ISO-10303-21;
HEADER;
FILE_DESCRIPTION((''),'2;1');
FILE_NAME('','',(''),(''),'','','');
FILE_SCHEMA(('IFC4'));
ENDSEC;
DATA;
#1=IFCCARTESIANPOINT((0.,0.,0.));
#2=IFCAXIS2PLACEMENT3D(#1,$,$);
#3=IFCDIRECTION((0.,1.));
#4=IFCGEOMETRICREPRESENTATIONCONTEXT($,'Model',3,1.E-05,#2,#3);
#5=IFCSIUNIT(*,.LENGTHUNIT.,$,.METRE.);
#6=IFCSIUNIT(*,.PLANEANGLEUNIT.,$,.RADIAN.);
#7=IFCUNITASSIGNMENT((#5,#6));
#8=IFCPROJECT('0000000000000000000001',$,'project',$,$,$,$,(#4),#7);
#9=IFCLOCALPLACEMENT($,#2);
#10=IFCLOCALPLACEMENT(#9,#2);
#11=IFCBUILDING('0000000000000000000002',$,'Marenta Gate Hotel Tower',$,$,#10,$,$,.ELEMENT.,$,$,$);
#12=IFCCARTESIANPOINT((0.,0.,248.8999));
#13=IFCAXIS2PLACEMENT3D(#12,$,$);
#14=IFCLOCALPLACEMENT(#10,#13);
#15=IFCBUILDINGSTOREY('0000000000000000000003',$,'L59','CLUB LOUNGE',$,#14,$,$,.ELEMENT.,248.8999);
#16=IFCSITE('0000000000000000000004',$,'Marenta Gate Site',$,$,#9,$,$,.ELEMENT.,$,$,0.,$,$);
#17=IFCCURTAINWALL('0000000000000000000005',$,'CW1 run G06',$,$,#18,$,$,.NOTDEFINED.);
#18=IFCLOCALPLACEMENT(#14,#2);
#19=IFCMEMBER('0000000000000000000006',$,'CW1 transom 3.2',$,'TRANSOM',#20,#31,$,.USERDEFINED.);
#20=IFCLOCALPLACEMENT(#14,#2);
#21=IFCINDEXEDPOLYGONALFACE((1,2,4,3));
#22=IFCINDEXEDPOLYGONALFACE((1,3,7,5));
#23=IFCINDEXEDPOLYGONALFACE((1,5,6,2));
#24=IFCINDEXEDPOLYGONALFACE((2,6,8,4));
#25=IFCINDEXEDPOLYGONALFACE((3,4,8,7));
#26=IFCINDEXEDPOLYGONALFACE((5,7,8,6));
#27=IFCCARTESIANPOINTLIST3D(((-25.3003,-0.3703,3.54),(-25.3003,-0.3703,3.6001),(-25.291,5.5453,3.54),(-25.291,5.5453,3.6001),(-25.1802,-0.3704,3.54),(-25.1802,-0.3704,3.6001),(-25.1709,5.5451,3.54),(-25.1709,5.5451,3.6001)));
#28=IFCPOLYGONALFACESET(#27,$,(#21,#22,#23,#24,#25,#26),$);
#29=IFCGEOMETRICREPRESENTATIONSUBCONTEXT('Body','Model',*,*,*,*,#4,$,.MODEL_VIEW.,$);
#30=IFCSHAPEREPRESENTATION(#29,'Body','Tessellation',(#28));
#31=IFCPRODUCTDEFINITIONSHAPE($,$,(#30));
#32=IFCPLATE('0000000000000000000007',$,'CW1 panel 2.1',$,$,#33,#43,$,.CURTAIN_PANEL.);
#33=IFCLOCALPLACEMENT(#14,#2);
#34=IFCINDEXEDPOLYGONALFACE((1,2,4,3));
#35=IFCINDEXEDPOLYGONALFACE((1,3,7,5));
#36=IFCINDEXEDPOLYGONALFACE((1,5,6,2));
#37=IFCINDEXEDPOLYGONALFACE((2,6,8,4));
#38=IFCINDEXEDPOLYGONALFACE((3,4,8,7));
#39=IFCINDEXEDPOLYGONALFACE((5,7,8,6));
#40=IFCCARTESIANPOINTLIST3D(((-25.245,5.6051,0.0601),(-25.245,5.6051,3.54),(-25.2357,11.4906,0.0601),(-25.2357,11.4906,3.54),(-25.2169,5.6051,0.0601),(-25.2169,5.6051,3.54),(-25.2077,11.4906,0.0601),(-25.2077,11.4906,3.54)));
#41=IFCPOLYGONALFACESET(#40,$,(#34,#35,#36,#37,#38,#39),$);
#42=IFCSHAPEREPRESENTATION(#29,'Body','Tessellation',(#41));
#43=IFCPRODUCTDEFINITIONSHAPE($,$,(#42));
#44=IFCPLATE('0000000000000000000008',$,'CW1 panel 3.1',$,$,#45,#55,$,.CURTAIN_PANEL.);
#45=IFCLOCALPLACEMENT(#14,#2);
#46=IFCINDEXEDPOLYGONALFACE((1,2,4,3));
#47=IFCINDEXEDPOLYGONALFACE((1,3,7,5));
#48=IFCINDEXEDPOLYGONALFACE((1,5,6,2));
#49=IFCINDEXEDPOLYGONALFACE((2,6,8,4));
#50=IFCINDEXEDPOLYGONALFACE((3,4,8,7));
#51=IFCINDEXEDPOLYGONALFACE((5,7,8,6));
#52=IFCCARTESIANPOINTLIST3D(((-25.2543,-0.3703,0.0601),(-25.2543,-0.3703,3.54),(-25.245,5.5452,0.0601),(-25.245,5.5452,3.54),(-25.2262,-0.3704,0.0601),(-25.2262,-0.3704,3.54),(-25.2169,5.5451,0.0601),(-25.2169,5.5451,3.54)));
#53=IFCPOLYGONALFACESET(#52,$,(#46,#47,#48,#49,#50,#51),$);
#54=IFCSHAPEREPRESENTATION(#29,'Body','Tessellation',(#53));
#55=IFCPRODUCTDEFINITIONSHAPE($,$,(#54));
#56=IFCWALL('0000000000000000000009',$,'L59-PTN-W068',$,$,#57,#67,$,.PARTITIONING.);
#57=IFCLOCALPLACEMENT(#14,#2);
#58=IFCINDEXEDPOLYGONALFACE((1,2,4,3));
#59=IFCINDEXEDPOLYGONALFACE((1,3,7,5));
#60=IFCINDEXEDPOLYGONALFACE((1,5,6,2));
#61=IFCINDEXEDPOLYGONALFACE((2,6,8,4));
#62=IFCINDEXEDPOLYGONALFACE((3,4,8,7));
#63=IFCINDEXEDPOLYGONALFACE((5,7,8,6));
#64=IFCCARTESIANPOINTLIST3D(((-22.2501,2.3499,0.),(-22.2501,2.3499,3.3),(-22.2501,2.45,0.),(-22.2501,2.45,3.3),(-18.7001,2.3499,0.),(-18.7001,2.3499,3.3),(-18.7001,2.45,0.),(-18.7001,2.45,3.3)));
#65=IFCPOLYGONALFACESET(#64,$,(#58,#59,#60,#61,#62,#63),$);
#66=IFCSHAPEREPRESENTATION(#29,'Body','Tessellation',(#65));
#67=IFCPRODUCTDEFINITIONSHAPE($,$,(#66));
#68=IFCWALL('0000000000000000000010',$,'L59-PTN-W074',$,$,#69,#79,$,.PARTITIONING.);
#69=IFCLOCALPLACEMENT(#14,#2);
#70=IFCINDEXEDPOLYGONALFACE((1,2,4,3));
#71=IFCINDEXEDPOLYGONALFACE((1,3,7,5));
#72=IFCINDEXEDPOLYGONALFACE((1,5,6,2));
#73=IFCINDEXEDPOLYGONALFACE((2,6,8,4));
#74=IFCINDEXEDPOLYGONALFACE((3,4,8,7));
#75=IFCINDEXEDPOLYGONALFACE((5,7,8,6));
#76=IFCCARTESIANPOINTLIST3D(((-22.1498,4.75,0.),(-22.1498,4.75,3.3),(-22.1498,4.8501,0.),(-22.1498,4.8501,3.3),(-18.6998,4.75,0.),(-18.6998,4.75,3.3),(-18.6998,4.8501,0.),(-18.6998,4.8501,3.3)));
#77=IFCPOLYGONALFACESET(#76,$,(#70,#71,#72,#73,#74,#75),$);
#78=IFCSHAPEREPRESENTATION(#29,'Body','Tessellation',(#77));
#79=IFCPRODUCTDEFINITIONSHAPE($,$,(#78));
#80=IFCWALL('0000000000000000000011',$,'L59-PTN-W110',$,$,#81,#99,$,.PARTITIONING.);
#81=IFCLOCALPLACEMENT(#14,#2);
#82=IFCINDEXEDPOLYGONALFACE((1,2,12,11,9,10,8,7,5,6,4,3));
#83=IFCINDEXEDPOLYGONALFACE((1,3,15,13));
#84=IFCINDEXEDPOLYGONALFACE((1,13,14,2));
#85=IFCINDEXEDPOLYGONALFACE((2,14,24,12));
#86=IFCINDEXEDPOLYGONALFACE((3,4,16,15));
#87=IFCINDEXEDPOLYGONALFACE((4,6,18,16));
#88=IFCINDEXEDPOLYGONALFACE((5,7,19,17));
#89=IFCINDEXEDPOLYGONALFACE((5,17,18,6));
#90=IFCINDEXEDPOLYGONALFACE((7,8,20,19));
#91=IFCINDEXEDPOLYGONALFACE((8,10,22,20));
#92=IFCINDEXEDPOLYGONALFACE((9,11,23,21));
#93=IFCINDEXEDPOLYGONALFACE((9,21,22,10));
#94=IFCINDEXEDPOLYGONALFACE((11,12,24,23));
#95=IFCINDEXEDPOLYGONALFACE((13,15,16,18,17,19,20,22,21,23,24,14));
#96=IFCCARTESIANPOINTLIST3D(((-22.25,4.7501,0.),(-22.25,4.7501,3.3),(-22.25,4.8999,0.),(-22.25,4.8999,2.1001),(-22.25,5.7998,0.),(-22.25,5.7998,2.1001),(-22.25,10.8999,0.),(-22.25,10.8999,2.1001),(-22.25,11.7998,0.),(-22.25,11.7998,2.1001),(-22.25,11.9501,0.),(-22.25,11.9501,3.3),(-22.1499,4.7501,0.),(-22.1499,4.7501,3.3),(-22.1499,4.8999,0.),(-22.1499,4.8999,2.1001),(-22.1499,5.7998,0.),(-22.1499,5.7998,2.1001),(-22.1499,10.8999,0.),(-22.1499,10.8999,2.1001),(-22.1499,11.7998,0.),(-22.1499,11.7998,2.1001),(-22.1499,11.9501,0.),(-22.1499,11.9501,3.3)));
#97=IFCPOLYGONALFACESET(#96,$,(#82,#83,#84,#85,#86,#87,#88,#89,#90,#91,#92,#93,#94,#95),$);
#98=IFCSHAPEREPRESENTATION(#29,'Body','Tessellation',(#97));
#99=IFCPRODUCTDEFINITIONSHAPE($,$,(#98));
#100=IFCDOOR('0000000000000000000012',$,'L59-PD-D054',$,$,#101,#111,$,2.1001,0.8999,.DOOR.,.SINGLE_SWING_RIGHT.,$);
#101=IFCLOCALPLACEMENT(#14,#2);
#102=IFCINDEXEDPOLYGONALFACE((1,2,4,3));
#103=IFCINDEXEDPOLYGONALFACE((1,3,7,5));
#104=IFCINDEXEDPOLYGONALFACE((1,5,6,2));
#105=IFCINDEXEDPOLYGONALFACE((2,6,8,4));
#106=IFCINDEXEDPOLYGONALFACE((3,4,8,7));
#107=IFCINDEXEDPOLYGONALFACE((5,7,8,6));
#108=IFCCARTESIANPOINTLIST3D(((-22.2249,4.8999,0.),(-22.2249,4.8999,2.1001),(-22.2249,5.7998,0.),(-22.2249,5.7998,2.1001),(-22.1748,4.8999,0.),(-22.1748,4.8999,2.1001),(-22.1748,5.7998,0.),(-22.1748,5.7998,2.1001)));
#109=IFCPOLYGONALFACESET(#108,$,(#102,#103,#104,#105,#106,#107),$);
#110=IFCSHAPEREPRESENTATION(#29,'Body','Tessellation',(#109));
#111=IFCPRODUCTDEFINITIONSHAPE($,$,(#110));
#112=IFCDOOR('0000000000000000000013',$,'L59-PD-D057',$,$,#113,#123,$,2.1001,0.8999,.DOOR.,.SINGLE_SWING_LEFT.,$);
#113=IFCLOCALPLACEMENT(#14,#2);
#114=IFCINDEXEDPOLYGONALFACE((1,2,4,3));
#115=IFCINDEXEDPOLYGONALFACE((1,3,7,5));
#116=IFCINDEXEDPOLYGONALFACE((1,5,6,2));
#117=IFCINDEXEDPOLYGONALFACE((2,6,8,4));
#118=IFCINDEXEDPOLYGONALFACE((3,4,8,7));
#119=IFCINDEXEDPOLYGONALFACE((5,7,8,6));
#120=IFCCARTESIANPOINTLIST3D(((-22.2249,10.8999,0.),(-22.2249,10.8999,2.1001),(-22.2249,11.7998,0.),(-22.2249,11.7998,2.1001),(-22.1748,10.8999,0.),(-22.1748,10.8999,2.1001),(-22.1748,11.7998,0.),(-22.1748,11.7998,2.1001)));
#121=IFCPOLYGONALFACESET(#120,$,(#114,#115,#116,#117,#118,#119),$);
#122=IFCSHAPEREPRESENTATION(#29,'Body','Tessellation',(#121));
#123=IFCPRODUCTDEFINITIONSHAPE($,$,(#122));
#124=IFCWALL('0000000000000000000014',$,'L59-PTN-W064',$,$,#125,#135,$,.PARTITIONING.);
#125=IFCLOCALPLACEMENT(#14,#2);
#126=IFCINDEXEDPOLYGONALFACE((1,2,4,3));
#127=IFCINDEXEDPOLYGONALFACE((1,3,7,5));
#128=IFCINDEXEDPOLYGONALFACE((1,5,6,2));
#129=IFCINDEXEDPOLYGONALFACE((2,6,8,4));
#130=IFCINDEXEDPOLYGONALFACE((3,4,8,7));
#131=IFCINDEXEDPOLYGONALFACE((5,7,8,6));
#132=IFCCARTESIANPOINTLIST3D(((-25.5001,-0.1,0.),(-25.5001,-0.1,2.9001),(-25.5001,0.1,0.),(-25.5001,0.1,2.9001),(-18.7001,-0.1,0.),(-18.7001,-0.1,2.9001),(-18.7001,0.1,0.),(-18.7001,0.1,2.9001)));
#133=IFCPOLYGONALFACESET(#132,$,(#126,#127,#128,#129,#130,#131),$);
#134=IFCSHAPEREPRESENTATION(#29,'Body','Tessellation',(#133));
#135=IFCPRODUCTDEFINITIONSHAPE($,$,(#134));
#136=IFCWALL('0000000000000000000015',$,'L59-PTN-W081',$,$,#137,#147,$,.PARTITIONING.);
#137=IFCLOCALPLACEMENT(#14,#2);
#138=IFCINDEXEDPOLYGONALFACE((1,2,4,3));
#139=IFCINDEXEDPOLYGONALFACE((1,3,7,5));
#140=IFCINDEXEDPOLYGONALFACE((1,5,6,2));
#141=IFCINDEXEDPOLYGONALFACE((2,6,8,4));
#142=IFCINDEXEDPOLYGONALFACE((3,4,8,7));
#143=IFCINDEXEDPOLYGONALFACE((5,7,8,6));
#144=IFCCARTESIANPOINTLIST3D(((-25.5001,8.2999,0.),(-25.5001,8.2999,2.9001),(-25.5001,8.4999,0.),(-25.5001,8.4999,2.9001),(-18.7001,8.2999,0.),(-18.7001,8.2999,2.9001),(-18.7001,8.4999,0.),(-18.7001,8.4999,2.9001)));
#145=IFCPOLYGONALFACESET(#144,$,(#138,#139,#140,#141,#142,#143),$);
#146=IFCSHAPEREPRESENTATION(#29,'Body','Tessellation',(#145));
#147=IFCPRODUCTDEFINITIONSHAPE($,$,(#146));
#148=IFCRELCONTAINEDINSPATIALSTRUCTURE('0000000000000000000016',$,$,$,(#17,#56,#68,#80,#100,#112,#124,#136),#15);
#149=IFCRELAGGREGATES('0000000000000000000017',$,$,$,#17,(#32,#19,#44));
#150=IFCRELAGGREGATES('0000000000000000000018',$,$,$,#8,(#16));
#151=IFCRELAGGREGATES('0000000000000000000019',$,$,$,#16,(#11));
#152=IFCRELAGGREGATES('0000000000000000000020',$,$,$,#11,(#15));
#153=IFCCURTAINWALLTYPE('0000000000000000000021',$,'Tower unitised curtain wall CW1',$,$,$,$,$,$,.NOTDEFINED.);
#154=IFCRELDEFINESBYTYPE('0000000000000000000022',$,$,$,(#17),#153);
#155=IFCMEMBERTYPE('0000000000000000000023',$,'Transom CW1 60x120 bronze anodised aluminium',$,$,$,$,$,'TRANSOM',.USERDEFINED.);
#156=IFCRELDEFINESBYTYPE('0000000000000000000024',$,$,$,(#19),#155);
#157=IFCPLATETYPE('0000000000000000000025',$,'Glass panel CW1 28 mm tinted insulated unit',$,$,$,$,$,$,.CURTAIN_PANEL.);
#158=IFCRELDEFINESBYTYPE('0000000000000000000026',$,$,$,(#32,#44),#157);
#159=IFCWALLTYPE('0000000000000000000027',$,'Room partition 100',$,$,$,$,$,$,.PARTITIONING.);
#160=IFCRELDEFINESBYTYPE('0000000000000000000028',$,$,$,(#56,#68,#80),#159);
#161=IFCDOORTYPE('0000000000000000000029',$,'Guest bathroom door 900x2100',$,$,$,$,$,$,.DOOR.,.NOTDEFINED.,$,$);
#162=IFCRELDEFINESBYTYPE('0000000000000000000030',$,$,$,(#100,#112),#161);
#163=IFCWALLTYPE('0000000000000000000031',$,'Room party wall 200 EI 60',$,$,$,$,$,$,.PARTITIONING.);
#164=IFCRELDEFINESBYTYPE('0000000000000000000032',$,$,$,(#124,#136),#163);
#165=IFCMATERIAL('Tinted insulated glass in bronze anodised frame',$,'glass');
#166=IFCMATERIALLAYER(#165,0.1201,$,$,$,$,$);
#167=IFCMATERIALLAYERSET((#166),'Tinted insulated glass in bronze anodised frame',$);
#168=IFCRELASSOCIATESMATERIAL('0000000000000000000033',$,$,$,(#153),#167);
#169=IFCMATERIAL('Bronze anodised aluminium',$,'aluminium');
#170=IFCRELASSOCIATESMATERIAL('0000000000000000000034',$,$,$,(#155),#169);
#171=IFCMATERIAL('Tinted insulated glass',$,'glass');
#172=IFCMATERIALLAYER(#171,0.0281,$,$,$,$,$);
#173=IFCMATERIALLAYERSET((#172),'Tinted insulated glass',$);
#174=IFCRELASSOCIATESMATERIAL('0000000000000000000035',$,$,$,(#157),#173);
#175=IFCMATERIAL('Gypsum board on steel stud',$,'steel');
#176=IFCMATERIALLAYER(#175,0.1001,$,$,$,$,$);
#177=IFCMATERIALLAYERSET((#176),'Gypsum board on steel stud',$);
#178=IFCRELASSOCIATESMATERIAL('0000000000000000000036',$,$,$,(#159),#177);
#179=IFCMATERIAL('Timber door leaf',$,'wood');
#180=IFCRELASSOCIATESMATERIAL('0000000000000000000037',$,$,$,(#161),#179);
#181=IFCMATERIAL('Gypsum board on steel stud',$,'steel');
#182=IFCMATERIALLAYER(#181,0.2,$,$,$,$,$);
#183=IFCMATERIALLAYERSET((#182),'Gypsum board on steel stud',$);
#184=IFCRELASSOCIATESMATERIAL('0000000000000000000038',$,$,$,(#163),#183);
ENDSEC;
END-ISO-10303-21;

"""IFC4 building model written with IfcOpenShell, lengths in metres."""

from ifc_helpers import new_model, si_unit, direction, frame, frame_2d, origin, origin_2d, place, context, subcontext, project, spatial, rectangle, extrude, material, layer, layer_set, material_profile, profile_set, type_object, element, fill, aggregate, save


model = new_model("IFC4")

# Units and contexts
model_context = context("Model", 3, precision=1e-05, world=origin(), true_north=direction((0.0, 1.0)))
body_context = subcontext(model_context, "Body", "Model", "MODEL_VIEW")
ifc_project = project(units=[si_unit("LENGTHUNIT", "METRE"), si_unit("PLANEANGLEUNIT", "RADIAN")], contexts=[model_context])

# Site, building, storey
site_placement = place(None, origin())
site = spatial("IfcSite", under=ifc_project, at=site_placement, Name="Marenta Gate Site", CompositionType="ELEMENT", RefElevation=0.0)
building_placement = place(site_placement, origin())
building = spatial("IfcBuilding", under=site, at=building_placement, Name="Marenta Gate Hotel Tower", CompositionType="ELEMENT")
storey_placement = place(building_placement, frame((0.0, 0.0, 248.8999)))
storey = spatial("IfcBuildingStorey", under=building, at=storey_placement, Name="L59", Description="CLUB LOUNGE", CompositionType="ELEMENT", Elevation=248.8999)

# Curtain wall
ifc_material_1 = material(Name="Tinted insulated glass in bronze anodised frame", Category="glass")
ifc_layer_1 = layer(ifc_material_1, 0.1201)
ifc_layer_set_1 = layer_set([ifc_layer_1], Name="Tinted insulated glass in bronze anodised frame")
curtain_wall_type = type_object("IfcCurtainWallType", Name="Tower unitised curtain wall CW1", PredefinedType="NOTDEFINED", material=ifc_layer_set_1)
curtain_wall_1_placement = place(storey_placement, origin())
curtain_wall_1 = element("IfcCurtainWall", 1, at=curtain_wall_1_placement, inside=storey, type_object=curtain_wall_type, Name="CW1 run G06", PredefinedType="NOTDEFINED")

# Member
ifc_material_2 = material(Name="Bronze anodised aluminium", Category="aluminium")
ifc_material_profile_1 = material_profile(ifc_material_2, rectangle(XDim=0.1201, YDim=0.0601, at=origin_2d()), Name="Transom CW1 60x120 bronze anodised aluminium")
ifc_profile_set_1 = profile_set([ifc_material_profile_1], Name="Bronze anodised aluminium")
member_type_1 = type_object("IfcMemberType", Name="Transom CW1 60x120 bronze anodised aluminium", ElementType="TRANSOM", PredefinedType="USERDEFINED", material=ifc_profile_set_1)
member_1_placement = place(storey_placement, frame((-25.231, 5.5452, 3.5701), z_axis=(-0.001568, -0.999999, 0.0), x_axis=(0.999999, -0.001568, 0.0)))
member_1 = element("IfcMember", 2, at=member_1_placement, type_object=member_type_1, Name="CW1 transom 3.2", ObjectType="TRANSOM", PredefinedType="USERDEFINED", context=body_context, shape_type="SweptSolid", body=[
    extrude(rectangle(XDim=0.1201, YDim=0.0601, at=origin_2d()), origin(), (0.0, 0.0, 1.0), 5.9155),
])

# Plates
ifc_material_3 = material(Name="Tinted insulated glass", Category="glass")
ifc_layer_2 = layer(ifc_material_3, 0.0281)
ifc_layer_set_2 = layer_set([ifc_layer_2], Name="Tinted insulated glass")
plate_type = type_object("IfcPlateType", Name="Glass panel CW1 28 mm tinted insulated unit", PredefinedType="CURTAIN_PANEL", material=ifc_layer_set_2)
plate_1_placement = place(storey_placement, frame((-25.2263, 8.5479, 0.0601), z_axis=(0.0, 0.0, 1.0), x_axis=(-0.00157, -0.999999, 0.0)))
plate_1 = element("IfcPlate", 3, at=plate_1_placement, type_object=plate_type, Name="CW1 panel 2.1", PredefinedType="CURTAIN_PANEL", context=body_context, shape_type="SweptSolid", body=[
    extrude(rectangle(XDim=5.8855, YDim=0.0281, at=origin_2d()), origin(), (0.0, 0.0, 1.0), 3.48),
])
plate_2_placement = place(storey_placement, frame((-25.2356, 2.5874, 0.0601), z_axis=(0.0, 0.0, 1.0), x_axis=(-0.00157, -0.999999, 0.0)))
plate_2 = element("IfcPlate", 4, at=plate_2_placement, type_object=plate_type, Name="CW1 panel 3.1", PredefinedType="CURTAIN_PANEL", context=body_context, shape_type="SweptSolid", body=[
    extrude(rectangle(XDim=5.9155, YDim=0.0281, at=origin_2d()), origin(), (0.0, 0.0, 1.0), 3.48),
])
aggregate(curtain_wall_1, [plate_1, member_1, plate_2])

# Walls
ifc_material_4 = material(Name="Gypsum board on steel stud", Category="steel")
ifc_layer_3 = layer(ifc_material_4, 0.1001)
ifc_layer_set_3 = layer_set([ifc_layer_3], Name="Gypsum board on steel stud")
wall_type_1 = type_object("IfcWallType", Name="Room partition 100", PredefinedType="PARTITIONING", material=ifc_layer_set_3)
wall_1_placement = place(storey_placement, frame((-22.25, 2.3999, 0.0), z_axis=(0.0, 0.0, 1.0), x_axis=(1.0, 0.0, 0.0)))
element("IfcWall", 5, at=wall_1_placement, inside=storey, type_object=wall_type_1, Name="L59-PTN-W068", PredefinedType="PARTITIONING", context=body_context, shape_type="SweptSolid", body=[
    extrude(rectangle(XDim=3.55, YDim=0.1001, at=frame_2d((1.7749, 0.0))), origin(), (0.0, 0.0, 1.0), 3.3),
])
wall_2_placement = place(storey_placement, frame((-22.1499, 4.8, 0.0), z_axis=(0.0, 0.0, 1.0), x_axis=(1.0, 0.0, 0.0)))
element("IfcWall", 6, at=wall_2_placement, inside=storey, type_object=wall_type_1, Name="L59-PTN-W074", PredefinedType="PARTITIONING", context=body_context, shape_type="SweptSolid", body=[
    extrude(rectangle(XDim=3.45, YDim=0.1001, at=frame_2d((1.7251, 0.0))), origin(), (0.0, 0.0, 1.0), 3.3),
])

# Wall, openings, doors
wall_3_placement = place(storey_placement, frame((-22.2, 4.75, 0.0), z_axis=(0.0, 0.0, 1.0), x_axis=(0.0, 1.0, 0.0)))
wall_3 = element("IfcWall", 7, at=wall_3_placement, inside=storey, type_object=wall_type_1, Name="L59-PTN-W110", PredefinedType="PARTITIONING", context=body_context, shape_type="SweptSolid", body=[
    extrude(rectangle(XDim=7.2, YDim=0.1001, at=frame_2d((3.6001, 0.0))), origin(), (0.0, 0.0, 1.0), 3.3),
])
opening_1_placement = place(wall_3_placement, frame((0.1499, 0.0, 0.0)))
opening_1 = element("IfcOpeningElement", 8, at=opening_1_placement, cuts=wall_3, PredefinedType="OPENING", context=body_context, shape_type="SweptSolid", body=[
    extrude(rectangle(XDim=0.8999, YDim=2.1001, at=frame_2d((0.45, 1.05))), frame((0.0, 0.05, 0.0), z_axis=(0.0, -1.0, 0.0), x_axis=(1.0, 0.0, 0.0)), (0.0, 0.0, 1.0), 0.1001),
])
opening_2_placement = place(wall_3_placement, frame((6.1499, 0.0, 0.0)))
opening_2 = element("IfcOpeningElement", 9, at=opening_2_placement, cuts=wall_3, PredefinedType="OPENING", context=body_context, shape_type="SweptSolid", body=[
    extrude(rectangle(XDim=0.8999, YDim=2.1001, at=frame_2d((0.45, 1.05))), frame((0.0, 0.05, 0.0), z_axis=(0.0, -1.0, 0.0), x_axis=(1.0, 0.0, 0.0)), (0.0, 0.0, 1.0), 0.1001),
])
ifc_material_5 = material(Name="Timber door leaf", Category="wood")
door_type = type_object("IfcDoorType", Name="Guest bathroom door 900x2100", OperationType="NOTDEFINED", PredefinedType="DOOR", material=ifc_material_5)
door_1_placement = place(opening_1_placement, origin())
door_1 = element("IfcDoor", 10, at=door_1_placement, inside=storey, type_object=door_type, Name="L59-PD-D054", OperationType="SINGLE_SWING_RIGHT", OverallHeight=2.1001, OverallWidth=0.8999, PredefinedType="DOOR", context=body_context, shape_type="SweptSolid", body=[
    extrude(rectangle(XDim=0.8999, YDim=2.1001, at=frame_2d((0.45, 1.05))), frame((0.0, 0.0249, 0.0), z_axis=(0.0, -1.0, 0.0), x_axis=(1.0, 0.0, 0.0)), (0.0, 0.0, 1.0), 0.05),
])
fill(opening_1, door_1)
door_2_placement = place(opening_2_placement, origin())
door_2 = element("IfcDoor", 11, at=door_2_placement, inside=storey, type_object=door_type, Name="L59-PD-D057", OperationType="SINGLE_SWING_LEFT", OverallHeight=2.1001, OverallWidth=0.8999, PredefinedType="DOOR", context=body_context, shape_type="SweptSolid", body=[
    extrude(rectangle(XDim=0.8999, YDim=2.1001, at=frame_2d((0.45, 1.05))), frame((0.0, 0.0249, 0.0), z_axis=(0.0, -1.0, 0.0), x_axis=(1.0, 0.0, 0.0)), (0.0, 0.0, 1.0), 0.05),
])
fill(opening_2, door_2)

# Walls
ifc_material_6 = material(Name="Gypsum board on steel stud", Category="steel")
ifc_layer_4 = layer(ifc_material_6, 0.2)
ifc_layer_set_4 = layer_set([ifc_layer_4], Name="Gypsum board on steel stud")
wall_type_2 = type_object("IfcWallType", Name="Room party wall 200 EI 60", PredefinedType="PARTITIONING", material=ifc_layer_set_4)
for number, where, z_axis, x_axis, name in (
    (12, (-25.5, 0.0, 0.0), (0.0, 0.0, 1.0), (1.0, 0.0, 0.0), "L59-PTN-W064"),
    (13, (-25.5, 8.3999, 0.0), (0.0, 0.0, 1.0), (1.0, 0.0, 0.0), "L59-PTN-W081"),
):
    element("IfcWall", number, at=place(storey_placement, frame(where, z_axis=z_axis, x_axis=x_axis)), inside=storey, type_object=wall_type_2, Name=name, PredefinedType="PARTITIONING", context=body_context, shape_type="SweptSolid", body=[
        extrude(rectangle(XDim=6.8, YDim=0.2, at=frame_2d((3.3999, 0.0))), origin(), (0.0, 0.0, 1.0), 2.9001),
    ])

save(model, "model.ifc")
